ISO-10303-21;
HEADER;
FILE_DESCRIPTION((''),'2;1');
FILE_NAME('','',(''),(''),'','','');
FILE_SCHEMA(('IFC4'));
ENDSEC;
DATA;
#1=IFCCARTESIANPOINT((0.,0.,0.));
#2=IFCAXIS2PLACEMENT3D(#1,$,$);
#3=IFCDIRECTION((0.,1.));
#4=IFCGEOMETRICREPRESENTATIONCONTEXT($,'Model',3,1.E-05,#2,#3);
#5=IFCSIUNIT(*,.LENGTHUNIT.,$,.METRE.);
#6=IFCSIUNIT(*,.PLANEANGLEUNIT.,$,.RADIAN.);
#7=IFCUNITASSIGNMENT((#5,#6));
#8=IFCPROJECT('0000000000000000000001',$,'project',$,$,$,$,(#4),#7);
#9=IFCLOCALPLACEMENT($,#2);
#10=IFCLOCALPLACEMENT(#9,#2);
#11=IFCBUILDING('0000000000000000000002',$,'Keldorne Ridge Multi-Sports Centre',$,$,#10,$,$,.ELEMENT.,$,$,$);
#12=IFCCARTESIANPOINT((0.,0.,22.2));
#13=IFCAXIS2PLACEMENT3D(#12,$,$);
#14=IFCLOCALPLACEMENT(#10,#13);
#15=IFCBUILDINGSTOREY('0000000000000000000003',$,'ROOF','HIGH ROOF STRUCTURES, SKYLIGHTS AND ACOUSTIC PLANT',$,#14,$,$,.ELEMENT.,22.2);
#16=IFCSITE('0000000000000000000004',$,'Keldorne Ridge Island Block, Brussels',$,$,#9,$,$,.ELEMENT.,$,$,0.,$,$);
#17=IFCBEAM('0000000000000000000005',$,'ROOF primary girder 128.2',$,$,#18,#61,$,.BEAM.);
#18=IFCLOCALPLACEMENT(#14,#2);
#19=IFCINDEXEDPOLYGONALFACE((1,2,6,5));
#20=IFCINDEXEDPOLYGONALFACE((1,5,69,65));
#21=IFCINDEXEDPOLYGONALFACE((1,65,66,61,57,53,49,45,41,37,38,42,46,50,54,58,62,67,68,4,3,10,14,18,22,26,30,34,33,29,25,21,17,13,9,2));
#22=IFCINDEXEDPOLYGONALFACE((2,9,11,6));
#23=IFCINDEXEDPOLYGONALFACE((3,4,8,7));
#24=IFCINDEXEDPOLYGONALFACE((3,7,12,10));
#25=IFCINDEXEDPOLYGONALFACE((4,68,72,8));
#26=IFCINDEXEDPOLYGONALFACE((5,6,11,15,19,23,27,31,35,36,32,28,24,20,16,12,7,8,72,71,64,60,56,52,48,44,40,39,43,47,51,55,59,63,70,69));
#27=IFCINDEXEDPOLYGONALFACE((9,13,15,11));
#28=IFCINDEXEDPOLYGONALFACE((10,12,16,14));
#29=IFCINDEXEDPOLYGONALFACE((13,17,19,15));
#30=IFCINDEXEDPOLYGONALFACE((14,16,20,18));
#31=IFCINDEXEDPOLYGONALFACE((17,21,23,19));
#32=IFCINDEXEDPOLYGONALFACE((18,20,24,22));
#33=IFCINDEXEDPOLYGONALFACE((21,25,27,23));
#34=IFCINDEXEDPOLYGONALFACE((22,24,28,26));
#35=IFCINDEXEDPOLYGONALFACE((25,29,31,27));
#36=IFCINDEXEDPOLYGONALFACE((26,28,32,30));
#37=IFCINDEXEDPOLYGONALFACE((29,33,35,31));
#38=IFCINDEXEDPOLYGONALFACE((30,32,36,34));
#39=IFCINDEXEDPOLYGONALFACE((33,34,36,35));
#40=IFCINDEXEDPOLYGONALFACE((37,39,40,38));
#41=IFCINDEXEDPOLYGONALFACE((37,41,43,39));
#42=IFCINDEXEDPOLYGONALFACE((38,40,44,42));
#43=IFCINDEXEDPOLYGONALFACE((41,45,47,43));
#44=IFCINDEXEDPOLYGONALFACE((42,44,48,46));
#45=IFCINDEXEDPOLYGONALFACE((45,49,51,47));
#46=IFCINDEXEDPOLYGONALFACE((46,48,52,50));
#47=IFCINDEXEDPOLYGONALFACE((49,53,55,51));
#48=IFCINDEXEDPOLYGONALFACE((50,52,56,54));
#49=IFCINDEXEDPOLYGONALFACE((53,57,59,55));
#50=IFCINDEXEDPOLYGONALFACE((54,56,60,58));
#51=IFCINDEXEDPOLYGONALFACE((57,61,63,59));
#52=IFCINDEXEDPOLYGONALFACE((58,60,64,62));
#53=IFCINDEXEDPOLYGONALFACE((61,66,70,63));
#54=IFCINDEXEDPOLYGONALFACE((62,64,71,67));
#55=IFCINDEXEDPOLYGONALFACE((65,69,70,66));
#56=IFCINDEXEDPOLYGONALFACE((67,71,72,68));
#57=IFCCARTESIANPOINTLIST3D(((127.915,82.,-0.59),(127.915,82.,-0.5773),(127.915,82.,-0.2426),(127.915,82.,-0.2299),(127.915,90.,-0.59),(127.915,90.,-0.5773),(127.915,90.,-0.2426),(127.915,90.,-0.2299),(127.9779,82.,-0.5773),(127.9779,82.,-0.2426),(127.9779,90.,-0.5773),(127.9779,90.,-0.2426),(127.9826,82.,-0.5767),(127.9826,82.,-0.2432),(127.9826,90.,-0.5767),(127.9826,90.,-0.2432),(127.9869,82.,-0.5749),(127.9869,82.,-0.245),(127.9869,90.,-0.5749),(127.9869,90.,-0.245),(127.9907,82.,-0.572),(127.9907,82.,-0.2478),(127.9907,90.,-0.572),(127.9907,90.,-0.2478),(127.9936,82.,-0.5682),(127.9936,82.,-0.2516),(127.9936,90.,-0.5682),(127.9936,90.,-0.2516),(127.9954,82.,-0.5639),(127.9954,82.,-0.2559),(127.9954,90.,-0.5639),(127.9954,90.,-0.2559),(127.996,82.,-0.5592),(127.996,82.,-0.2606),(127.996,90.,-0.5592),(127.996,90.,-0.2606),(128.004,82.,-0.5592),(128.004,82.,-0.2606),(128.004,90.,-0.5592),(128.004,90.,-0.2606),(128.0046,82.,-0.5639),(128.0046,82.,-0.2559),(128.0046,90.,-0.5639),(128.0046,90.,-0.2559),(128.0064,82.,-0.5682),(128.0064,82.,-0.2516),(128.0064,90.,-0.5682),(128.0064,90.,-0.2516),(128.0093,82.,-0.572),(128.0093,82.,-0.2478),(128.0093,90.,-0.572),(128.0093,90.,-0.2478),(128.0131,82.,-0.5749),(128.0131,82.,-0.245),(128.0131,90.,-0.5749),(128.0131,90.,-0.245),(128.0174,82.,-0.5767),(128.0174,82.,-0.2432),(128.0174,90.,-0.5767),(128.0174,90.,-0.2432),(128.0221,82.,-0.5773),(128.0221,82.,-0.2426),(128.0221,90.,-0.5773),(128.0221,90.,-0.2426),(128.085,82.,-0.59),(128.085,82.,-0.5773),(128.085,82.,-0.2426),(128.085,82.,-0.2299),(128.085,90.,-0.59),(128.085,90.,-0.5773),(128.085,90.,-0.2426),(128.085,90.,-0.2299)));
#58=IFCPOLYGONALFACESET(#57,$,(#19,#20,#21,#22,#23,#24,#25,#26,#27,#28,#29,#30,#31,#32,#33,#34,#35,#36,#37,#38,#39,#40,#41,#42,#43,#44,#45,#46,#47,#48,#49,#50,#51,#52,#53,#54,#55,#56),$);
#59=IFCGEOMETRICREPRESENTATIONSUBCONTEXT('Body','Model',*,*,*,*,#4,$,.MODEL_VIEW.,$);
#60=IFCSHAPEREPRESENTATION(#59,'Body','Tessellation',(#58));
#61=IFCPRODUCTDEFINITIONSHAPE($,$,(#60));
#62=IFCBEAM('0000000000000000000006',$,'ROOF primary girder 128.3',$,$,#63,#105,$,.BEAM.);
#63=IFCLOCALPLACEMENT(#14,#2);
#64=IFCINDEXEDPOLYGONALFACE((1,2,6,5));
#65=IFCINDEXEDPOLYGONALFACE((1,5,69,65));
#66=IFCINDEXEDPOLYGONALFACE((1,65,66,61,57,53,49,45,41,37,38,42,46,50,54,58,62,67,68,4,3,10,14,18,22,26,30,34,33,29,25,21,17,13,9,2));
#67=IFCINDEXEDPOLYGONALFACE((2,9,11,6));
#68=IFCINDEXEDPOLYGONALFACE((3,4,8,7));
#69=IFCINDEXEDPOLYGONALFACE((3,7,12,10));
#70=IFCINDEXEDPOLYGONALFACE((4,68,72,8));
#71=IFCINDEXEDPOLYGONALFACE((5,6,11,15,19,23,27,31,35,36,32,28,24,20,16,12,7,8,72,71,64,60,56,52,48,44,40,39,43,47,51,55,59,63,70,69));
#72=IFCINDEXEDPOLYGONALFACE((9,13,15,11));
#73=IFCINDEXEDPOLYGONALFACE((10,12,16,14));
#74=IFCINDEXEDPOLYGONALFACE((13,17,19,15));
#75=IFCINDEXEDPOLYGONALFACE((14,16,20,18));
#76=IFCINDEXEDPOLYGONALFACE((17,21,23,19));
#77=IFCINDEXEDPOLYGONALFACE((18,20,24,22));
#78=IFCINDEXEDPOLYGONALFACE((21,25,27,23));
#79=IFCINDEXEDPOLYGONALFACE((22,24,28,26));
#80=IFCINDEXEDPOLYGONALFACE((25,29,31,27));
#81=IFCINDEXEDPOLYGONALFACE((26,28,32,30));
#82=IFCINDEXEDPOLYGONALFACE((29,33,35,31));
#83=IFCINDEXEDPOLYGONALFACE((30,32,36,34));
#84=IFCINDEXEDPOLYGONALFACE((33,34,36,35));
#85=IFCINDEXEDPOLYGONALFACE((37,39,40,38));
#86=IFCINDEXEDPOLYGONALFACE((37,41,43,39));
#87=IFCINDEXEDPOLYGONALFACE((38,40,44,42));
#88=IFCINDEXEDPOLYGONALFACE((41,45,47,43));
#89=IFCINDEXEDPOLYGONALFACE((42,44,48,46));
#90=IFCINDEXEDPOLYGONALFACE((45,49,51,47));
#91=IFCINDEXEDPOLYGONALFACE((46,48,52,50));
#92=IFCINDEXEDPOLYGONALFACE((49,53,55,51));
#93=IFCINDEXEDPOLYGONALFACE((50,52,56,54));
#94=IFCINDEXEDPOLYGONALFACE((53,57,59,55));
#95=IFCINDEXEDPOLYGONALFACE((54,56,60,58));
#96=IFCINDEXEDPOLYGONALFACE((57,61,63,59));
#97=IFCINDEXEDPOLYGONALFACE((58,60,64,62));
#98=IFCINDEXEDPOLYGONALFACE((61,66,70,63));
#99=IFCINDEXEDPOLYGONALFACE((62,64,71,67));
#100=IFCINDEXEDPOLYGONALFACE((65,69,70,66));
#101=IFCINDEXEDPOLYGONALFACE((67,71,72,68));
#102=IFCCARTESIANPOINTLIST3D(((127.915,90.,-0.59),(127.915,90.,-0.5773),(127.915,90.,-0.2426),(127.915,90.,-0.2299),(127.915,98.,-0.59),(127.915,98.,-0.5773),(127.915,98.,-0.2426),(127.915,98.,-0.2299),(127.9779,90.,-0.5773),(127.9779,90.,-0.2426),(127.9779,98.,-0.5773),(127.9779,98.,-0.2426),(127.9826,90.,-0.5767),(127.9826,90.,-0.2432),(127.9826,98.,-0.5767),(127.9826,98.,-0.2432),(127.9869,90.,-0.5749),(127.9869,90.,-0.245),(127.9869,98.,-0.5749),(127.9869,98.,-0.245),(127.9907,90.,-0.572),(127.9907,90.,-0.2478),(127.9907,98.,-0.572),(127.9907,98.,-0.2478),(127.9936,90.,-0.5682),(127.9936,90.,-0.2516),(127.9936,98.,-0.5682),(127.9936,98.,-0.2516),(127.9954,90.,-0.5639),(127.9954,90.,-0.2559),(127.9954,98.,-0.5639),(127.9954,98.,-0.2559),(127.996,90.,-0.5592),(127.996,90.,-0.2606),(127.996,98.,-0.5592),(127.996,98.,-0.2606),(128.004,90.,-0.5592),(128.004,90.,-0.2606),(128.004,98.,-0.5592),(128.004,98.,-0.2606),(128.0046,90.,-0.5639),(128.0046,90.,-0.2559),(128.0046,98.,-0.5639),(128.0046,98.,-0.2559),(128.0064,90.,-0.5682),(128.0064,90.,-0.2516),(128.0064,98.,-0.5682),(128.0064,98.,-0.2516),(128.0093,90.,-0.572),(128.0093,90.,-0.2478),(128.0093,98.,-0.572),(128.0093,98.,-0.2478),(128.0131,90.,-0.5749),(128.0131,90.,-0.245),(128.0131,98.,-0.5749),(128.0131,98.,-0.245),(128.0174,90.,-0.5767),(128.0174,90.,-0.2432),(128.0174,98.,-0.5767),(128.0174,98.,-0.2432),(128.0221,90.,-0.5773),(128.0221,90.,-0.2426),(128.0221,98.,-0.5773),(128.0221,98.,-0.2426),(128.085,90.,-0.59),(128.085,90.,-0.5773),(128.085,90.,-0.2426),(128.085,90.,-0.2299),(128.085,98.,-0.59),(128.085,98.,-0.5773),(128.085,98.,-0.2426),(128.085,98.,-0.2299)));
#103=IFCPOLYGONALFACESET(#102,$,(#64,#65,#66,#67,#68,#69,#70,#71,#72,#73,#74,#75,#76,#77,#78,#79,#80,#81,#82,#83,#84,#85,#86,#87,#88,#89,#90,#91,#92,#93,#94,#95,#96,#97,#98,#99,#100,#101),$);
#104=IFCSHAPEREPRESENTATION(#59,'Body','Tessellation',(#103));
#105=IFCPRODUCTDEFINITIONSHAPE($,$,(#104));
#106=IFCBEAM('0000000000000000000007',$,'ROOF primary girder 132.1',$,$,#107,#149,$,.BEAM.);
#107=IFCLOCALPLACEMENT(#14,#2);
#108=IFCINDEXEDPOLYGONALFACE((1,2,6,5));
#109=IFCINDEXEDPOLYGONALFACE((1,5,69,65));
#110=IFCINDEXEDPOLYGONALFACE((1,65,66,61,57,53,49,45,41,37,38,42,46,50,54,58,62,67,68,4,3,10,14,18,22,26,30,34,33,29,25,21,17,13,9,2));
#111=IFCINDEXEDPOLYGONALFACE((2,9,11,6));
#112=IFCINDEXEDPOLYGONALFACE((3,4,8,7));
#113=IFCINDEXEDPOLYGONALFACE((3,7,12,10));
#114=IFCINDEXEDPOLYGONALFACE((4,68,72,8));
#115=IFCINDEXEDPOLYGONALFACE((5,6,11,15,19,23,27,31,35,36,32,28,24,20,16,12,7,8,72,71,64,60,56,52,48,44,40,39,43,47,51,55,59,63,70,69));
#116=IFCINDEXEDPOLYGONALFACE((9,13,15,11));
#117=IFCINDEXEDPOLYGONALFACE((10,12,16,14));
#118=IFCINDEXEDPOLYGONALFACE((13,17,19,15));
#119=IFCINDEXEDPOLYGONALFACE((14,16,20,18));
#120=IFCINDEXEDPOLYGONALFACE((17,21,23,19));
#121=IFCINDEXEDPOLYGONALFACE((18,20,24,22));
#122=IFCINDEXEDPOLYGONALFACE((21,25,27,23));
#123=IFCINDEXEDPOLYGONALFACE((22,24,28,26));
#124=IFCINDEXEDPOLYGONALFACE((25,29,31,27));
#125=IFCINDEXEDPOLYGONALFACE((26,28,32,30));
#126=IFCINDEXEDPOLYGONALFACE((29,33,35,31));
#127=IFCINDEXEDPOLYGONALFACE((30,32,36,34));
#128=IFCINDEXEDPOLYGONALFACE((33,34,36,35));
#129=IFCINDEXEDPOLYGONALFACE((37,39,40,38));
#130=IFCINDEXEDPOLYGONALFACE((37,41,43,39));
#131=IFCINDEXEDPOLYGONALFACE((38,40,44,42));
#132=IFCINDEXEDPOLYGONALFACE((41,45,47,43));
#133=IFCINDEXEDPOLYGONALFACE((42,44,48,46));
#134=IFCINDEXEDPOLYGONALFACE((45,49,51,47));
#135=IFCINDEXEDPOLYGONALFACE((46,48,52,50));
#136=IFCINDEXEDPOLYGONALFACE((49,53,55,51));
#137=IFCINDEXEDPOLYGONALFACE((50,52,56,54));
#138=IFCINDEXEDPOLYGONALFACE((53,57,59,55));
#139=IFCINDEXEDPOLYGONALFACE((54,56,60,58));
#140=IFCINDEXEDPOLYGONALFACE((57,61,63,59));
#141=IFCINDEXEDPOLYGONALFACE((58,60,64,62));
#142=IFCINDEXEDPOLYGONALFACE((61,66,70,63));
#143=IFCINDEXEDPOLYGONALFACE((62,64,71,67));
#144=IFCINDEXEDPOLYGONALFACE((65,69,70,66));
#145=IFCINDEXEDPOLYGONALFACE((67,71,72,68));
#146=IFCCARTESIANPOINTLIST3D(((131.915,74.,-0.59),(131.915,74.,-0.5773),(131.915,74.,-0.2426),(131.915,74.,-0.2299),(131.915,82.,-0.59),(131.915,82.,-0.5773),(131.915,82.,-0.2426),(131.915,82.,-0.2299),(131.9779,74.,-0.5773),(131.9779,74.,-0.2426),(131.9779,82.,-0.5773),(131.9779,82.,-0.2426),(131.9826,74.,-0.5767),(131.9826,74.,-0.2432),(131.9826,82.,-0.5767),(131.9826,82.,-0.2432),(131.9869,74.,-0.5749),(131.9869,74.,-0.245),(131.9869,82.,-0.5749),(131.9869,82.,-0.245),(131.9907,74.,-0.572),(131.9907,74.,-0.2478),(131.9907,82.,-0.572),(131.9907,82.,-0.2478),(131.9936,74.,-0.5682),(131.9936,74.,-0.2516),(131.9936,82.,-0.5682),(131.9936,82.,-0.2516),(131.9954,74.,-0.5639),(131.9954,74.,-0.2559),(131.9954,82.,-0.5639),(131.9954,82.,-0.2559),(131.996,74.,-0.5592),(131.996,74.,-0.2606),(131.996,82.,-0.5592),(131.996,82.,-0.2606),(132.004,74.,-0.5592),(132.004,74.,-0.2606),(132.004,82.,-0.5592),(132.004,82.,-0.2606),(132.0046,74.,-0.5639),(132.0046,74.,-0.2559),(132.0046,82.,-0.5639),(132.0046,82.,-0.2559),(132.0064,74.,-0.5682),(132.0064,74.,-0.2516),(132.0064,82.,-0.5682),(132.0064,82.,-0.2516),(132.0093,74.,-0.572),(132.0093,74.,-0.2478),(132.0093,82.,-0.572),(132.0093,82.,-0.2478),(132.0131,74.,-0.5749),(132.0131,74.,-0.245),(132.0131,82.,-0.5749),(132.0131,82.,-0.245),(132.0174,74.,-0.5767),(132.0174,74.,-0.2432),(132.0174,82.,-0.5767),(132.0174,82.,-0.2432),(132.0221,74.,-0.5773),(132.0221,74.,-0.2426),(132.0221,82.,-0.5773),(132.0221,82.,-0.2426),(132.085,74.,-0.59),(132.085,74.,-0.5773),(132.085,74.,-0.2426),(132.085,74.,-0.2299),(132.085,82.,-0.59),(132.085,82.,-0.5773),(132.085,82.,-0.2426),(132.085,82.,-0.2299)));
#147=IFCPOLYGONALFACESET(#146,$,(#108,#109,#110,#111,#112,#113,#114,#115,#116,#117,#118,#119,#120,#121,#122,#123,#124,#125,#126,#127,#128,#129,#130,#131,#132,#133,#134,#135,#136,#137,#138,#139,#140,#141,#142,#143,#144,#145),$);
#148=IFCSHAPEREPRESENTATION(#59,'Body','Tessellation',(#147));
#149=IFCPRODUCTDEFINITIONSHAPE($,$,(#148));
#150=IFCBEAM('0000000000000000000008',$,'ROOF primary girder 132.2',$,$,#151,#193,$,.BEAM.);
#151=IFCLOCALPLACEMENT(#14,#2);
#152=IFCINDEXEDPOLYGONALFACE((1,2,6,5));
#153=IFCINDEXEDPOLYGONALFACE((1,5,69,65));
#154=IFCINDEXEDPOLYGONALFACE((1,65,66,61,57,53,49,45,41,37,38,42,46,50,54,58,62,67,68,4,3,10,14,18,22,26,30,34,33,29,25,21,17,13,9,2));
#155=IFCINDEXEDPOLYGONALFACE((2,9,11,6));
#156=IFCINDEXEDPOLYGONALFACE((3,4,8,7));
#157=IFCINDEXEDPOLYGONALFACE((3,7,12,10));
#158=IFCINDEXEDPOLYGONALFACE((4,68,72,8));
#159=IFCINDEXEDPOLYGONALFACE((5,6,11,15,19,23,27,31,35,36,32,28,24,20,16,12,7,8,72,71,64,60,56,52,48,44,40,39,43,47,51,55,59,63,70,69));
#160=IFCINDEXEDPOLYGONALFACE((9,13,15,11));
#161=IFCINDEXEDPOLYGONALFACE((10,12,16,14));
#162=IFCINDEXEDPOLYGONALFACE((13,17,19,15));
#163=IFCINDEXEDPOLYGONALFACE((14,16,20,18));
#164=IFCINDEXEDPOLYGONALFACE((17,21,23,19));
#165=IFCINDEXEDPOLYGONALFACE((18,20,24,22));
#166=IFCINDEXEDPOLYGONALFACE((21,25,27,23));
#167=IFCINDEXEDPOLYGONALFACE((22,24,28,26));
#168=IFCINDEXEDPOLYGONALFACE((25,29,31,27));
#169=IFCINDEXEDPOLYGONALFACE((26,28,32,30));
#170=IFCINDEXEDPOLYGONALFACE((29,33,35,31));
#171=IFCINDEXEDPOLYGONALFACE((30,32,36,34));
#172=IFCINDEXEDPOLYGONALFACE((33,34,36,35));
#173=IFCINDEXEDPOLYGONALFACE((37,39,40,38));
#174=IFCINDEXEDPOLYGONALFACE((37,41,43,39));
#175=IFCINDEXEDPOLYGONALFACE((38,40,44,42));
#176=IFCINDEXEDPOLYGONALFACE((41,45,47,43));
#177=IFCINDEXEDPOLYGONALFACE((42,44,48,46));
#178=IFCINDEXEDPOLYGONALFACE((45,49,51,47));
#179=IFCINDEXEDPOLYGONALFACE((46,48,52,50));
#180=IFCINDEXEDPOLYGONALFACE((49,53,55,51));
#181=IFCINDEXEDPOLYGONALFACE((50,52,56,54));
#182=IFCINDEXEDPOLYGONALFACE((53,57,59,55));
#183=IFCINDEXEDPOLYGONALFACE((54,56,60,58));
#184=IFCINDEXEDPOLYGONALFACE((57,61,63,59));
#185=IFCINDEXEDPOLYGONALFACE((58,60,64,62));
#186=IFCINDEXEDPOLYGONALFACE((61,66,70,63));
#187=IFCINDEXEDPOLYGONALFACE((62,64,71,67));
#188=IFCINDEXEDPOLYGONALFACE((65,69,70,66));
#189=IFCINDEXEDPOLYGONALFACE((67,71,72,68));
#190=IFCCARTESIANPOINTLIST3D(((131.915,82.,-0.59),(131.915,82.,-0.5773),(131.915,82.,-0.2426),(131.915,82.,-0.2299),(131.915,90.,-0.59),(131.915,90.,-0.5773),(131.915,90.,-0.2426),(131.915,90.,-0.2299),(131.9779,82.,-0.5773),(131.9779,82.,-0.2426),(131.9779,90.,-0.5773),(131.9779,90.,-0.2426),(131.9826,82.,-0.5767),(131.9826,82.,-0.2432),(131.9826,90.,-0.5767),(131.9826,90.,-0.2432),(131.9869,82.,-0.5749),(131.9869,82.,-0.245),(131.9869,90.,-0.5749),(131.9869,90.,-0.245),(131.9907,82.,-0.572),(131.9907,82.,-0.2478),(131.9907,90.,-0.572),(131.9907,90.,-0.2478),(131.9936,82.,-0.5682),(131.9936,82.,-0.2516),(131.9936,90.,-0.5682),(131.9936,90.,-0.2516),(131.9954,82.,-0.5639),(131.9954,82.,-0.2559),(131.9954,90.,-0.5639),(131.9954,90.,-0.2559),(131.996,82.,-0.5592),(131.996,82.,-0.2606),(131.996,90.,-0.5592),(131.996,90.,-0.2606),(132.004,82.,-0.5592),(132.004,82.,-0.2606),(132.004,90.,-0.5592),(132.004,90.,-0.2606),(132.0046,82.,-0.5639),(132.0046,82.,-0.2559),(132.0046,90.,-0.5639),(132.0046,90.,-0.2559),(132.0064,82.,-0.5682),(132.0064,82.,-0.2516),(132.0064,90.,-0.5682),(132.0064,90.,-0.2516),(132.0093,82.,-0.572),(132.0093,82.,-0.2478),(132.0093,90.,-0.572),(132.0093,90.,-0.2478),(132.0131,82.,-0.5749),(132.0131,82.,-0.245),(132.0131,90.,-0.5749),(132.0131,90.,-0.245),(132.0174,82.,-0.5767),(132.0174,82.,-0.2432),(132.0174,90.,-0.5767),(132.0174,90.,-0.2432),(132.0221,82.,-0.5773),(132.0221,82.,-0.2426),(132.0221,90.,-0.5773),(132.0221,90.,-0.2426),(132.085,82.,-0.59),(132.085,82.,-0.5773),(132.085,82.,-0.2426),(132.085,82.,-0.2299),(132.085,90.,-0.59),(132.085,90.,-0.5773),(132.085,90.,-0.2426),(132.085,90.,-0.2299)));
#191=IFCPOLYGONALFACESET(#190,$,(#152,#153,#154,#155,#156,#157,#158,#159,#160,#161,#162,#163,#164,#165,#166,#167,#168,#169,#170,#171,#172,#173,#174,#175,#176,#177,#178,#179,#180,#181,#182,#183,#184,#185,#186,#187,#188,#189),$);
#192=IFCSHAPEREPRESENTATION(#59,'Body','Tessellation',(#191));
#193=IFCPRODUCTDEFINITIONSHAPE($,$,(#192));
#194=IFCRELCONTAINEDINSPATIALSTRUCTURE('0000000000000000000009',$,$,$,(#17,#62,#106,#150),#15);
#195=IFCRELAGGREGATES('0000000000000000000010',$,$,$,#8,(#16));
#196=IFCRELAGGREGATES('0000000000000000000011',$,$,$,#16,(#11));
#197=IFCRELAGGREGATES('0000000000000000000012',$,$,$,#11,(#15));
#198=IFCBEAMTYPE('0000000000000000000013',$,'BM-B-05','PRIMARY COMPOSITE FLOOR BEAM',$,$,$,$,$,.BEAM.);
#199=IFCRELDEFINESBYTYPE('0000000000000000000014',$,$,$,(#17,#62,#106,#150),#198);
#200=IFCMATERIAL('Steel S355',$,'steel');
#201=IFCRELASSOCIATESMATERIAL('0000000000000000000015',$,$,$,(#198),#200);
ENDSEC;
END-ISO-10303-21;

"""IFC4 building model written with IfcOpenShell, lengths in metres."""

from ifc_helpers import new_model, si_unit, direction, frame, origin, origin_2d, place, context, subcontext, project, spatial, i_section, extrude, material, material_profile, profile_set, type_object, element, save


model = new_model("IFC4")

# Units and contexts
model_context = context("Model", 3, precision=1e-05, world=origin(), true_north=direction((0.0, 1.0)))
body_context = subcontext(model_context, "Body", "Model", "MODEL_VIEW")
ifc_project = project(units=[si_unit("LENGTHUNIT", "METRE"), si_unit("PLANEANGLEUNIT", "RADIAN")], contexts=[model_context])

# Site, building, storey
site_placement = place(None, origin())
site = spatial("IfcSite", under=ifc_project, at=site_placement, Name="Keldorne Ridge Island Block, Brussels", CompositionType="ELEMENT", RefElevation=0.0)
building_placement = place(site_placement, origin())
building = spatial("IfcBuilding", under=site, at=building_placement, Name="Keldorne Ridge Multi-Sports Centre", CompositionType="ELEMENT")
storey_placement = place(building_placement, frame((0.0, 0.0, 22.2)))
storey = spatial("IfcBuildingStorey", under=building, at=storey_placement, Name="ROOF", Description="HIGH ROOF STRUCTURES, SKYLIGHTS AND ACOUSTIC PLANT", CompositionType="ELEMENT", Elevation=22.2)

# Beams
ifc_material_1 = material(Name="Steel S355", Category="steel")
ifc_material_profile_1 = material_profile(ifc_material_1, i_section(OverallWidth=0.1699, OverallDepth=0.3601, WebThickness=0.0081, FlangeThickness=0.0127, FilletRadius=0.0181, at=origin_2d()), Name="IPE 360")
ifc_profile_set_1 = profile_set([ifc_material_profile_1], Name="Steel S355")
beam_type_1 = type_object("IfcBeamType", Name="BM-B-05", Description="PRIMARY COMPOSITE FLOOR BEAM", PredefinedType="BEAM", material=ifc_profile_set_1)
for number, where, z_axis, x_axis, name in (
    (1, (128.0, 82.0, -0.4099), (0.0, 1.0, 0.0), (-1.0, 0.0, 0.0), "ROOF primary girder 128.2"),
    (2, (128.0, 90.0, -0.4099), (0.0, 1.0, 0.0), (-1.0, 0.0, 0.0), "ROOF primary girder 128.3"),
    (3, (132.0, 74.0, -0.4099), (0.0, 1.0, 0.0), (-1.0, 0.0, 0.0), "ROOF primary girder 132.1"),
    (4, (132.0, 82.0, -0.4099), (0.0, 1.0, 0.0), (-1.0, 0.0, 0.0), "ROOF primary girder 132.2"),
):
    element("IfcBeam", number, at=place(storey_placement, frame(where, z_axis=z_axis, x_axis=x_axis)), inside=storey, type_object=beam_type_1, Name=name, PredefinedType="BEAM", context=body_context, shape_type="SweptSolid", body=[
        extrude(i_section(OverallWidth=0.1699, OverallDepth=0.3601, WebThickness=0.0081, FlangeThickness=0.0127, FilletRadius=0.0181, at=origin_2d()), origin(), (0.0, 0.0, 1.0), 8.0),
    ])

save(model, "model.ifc")
